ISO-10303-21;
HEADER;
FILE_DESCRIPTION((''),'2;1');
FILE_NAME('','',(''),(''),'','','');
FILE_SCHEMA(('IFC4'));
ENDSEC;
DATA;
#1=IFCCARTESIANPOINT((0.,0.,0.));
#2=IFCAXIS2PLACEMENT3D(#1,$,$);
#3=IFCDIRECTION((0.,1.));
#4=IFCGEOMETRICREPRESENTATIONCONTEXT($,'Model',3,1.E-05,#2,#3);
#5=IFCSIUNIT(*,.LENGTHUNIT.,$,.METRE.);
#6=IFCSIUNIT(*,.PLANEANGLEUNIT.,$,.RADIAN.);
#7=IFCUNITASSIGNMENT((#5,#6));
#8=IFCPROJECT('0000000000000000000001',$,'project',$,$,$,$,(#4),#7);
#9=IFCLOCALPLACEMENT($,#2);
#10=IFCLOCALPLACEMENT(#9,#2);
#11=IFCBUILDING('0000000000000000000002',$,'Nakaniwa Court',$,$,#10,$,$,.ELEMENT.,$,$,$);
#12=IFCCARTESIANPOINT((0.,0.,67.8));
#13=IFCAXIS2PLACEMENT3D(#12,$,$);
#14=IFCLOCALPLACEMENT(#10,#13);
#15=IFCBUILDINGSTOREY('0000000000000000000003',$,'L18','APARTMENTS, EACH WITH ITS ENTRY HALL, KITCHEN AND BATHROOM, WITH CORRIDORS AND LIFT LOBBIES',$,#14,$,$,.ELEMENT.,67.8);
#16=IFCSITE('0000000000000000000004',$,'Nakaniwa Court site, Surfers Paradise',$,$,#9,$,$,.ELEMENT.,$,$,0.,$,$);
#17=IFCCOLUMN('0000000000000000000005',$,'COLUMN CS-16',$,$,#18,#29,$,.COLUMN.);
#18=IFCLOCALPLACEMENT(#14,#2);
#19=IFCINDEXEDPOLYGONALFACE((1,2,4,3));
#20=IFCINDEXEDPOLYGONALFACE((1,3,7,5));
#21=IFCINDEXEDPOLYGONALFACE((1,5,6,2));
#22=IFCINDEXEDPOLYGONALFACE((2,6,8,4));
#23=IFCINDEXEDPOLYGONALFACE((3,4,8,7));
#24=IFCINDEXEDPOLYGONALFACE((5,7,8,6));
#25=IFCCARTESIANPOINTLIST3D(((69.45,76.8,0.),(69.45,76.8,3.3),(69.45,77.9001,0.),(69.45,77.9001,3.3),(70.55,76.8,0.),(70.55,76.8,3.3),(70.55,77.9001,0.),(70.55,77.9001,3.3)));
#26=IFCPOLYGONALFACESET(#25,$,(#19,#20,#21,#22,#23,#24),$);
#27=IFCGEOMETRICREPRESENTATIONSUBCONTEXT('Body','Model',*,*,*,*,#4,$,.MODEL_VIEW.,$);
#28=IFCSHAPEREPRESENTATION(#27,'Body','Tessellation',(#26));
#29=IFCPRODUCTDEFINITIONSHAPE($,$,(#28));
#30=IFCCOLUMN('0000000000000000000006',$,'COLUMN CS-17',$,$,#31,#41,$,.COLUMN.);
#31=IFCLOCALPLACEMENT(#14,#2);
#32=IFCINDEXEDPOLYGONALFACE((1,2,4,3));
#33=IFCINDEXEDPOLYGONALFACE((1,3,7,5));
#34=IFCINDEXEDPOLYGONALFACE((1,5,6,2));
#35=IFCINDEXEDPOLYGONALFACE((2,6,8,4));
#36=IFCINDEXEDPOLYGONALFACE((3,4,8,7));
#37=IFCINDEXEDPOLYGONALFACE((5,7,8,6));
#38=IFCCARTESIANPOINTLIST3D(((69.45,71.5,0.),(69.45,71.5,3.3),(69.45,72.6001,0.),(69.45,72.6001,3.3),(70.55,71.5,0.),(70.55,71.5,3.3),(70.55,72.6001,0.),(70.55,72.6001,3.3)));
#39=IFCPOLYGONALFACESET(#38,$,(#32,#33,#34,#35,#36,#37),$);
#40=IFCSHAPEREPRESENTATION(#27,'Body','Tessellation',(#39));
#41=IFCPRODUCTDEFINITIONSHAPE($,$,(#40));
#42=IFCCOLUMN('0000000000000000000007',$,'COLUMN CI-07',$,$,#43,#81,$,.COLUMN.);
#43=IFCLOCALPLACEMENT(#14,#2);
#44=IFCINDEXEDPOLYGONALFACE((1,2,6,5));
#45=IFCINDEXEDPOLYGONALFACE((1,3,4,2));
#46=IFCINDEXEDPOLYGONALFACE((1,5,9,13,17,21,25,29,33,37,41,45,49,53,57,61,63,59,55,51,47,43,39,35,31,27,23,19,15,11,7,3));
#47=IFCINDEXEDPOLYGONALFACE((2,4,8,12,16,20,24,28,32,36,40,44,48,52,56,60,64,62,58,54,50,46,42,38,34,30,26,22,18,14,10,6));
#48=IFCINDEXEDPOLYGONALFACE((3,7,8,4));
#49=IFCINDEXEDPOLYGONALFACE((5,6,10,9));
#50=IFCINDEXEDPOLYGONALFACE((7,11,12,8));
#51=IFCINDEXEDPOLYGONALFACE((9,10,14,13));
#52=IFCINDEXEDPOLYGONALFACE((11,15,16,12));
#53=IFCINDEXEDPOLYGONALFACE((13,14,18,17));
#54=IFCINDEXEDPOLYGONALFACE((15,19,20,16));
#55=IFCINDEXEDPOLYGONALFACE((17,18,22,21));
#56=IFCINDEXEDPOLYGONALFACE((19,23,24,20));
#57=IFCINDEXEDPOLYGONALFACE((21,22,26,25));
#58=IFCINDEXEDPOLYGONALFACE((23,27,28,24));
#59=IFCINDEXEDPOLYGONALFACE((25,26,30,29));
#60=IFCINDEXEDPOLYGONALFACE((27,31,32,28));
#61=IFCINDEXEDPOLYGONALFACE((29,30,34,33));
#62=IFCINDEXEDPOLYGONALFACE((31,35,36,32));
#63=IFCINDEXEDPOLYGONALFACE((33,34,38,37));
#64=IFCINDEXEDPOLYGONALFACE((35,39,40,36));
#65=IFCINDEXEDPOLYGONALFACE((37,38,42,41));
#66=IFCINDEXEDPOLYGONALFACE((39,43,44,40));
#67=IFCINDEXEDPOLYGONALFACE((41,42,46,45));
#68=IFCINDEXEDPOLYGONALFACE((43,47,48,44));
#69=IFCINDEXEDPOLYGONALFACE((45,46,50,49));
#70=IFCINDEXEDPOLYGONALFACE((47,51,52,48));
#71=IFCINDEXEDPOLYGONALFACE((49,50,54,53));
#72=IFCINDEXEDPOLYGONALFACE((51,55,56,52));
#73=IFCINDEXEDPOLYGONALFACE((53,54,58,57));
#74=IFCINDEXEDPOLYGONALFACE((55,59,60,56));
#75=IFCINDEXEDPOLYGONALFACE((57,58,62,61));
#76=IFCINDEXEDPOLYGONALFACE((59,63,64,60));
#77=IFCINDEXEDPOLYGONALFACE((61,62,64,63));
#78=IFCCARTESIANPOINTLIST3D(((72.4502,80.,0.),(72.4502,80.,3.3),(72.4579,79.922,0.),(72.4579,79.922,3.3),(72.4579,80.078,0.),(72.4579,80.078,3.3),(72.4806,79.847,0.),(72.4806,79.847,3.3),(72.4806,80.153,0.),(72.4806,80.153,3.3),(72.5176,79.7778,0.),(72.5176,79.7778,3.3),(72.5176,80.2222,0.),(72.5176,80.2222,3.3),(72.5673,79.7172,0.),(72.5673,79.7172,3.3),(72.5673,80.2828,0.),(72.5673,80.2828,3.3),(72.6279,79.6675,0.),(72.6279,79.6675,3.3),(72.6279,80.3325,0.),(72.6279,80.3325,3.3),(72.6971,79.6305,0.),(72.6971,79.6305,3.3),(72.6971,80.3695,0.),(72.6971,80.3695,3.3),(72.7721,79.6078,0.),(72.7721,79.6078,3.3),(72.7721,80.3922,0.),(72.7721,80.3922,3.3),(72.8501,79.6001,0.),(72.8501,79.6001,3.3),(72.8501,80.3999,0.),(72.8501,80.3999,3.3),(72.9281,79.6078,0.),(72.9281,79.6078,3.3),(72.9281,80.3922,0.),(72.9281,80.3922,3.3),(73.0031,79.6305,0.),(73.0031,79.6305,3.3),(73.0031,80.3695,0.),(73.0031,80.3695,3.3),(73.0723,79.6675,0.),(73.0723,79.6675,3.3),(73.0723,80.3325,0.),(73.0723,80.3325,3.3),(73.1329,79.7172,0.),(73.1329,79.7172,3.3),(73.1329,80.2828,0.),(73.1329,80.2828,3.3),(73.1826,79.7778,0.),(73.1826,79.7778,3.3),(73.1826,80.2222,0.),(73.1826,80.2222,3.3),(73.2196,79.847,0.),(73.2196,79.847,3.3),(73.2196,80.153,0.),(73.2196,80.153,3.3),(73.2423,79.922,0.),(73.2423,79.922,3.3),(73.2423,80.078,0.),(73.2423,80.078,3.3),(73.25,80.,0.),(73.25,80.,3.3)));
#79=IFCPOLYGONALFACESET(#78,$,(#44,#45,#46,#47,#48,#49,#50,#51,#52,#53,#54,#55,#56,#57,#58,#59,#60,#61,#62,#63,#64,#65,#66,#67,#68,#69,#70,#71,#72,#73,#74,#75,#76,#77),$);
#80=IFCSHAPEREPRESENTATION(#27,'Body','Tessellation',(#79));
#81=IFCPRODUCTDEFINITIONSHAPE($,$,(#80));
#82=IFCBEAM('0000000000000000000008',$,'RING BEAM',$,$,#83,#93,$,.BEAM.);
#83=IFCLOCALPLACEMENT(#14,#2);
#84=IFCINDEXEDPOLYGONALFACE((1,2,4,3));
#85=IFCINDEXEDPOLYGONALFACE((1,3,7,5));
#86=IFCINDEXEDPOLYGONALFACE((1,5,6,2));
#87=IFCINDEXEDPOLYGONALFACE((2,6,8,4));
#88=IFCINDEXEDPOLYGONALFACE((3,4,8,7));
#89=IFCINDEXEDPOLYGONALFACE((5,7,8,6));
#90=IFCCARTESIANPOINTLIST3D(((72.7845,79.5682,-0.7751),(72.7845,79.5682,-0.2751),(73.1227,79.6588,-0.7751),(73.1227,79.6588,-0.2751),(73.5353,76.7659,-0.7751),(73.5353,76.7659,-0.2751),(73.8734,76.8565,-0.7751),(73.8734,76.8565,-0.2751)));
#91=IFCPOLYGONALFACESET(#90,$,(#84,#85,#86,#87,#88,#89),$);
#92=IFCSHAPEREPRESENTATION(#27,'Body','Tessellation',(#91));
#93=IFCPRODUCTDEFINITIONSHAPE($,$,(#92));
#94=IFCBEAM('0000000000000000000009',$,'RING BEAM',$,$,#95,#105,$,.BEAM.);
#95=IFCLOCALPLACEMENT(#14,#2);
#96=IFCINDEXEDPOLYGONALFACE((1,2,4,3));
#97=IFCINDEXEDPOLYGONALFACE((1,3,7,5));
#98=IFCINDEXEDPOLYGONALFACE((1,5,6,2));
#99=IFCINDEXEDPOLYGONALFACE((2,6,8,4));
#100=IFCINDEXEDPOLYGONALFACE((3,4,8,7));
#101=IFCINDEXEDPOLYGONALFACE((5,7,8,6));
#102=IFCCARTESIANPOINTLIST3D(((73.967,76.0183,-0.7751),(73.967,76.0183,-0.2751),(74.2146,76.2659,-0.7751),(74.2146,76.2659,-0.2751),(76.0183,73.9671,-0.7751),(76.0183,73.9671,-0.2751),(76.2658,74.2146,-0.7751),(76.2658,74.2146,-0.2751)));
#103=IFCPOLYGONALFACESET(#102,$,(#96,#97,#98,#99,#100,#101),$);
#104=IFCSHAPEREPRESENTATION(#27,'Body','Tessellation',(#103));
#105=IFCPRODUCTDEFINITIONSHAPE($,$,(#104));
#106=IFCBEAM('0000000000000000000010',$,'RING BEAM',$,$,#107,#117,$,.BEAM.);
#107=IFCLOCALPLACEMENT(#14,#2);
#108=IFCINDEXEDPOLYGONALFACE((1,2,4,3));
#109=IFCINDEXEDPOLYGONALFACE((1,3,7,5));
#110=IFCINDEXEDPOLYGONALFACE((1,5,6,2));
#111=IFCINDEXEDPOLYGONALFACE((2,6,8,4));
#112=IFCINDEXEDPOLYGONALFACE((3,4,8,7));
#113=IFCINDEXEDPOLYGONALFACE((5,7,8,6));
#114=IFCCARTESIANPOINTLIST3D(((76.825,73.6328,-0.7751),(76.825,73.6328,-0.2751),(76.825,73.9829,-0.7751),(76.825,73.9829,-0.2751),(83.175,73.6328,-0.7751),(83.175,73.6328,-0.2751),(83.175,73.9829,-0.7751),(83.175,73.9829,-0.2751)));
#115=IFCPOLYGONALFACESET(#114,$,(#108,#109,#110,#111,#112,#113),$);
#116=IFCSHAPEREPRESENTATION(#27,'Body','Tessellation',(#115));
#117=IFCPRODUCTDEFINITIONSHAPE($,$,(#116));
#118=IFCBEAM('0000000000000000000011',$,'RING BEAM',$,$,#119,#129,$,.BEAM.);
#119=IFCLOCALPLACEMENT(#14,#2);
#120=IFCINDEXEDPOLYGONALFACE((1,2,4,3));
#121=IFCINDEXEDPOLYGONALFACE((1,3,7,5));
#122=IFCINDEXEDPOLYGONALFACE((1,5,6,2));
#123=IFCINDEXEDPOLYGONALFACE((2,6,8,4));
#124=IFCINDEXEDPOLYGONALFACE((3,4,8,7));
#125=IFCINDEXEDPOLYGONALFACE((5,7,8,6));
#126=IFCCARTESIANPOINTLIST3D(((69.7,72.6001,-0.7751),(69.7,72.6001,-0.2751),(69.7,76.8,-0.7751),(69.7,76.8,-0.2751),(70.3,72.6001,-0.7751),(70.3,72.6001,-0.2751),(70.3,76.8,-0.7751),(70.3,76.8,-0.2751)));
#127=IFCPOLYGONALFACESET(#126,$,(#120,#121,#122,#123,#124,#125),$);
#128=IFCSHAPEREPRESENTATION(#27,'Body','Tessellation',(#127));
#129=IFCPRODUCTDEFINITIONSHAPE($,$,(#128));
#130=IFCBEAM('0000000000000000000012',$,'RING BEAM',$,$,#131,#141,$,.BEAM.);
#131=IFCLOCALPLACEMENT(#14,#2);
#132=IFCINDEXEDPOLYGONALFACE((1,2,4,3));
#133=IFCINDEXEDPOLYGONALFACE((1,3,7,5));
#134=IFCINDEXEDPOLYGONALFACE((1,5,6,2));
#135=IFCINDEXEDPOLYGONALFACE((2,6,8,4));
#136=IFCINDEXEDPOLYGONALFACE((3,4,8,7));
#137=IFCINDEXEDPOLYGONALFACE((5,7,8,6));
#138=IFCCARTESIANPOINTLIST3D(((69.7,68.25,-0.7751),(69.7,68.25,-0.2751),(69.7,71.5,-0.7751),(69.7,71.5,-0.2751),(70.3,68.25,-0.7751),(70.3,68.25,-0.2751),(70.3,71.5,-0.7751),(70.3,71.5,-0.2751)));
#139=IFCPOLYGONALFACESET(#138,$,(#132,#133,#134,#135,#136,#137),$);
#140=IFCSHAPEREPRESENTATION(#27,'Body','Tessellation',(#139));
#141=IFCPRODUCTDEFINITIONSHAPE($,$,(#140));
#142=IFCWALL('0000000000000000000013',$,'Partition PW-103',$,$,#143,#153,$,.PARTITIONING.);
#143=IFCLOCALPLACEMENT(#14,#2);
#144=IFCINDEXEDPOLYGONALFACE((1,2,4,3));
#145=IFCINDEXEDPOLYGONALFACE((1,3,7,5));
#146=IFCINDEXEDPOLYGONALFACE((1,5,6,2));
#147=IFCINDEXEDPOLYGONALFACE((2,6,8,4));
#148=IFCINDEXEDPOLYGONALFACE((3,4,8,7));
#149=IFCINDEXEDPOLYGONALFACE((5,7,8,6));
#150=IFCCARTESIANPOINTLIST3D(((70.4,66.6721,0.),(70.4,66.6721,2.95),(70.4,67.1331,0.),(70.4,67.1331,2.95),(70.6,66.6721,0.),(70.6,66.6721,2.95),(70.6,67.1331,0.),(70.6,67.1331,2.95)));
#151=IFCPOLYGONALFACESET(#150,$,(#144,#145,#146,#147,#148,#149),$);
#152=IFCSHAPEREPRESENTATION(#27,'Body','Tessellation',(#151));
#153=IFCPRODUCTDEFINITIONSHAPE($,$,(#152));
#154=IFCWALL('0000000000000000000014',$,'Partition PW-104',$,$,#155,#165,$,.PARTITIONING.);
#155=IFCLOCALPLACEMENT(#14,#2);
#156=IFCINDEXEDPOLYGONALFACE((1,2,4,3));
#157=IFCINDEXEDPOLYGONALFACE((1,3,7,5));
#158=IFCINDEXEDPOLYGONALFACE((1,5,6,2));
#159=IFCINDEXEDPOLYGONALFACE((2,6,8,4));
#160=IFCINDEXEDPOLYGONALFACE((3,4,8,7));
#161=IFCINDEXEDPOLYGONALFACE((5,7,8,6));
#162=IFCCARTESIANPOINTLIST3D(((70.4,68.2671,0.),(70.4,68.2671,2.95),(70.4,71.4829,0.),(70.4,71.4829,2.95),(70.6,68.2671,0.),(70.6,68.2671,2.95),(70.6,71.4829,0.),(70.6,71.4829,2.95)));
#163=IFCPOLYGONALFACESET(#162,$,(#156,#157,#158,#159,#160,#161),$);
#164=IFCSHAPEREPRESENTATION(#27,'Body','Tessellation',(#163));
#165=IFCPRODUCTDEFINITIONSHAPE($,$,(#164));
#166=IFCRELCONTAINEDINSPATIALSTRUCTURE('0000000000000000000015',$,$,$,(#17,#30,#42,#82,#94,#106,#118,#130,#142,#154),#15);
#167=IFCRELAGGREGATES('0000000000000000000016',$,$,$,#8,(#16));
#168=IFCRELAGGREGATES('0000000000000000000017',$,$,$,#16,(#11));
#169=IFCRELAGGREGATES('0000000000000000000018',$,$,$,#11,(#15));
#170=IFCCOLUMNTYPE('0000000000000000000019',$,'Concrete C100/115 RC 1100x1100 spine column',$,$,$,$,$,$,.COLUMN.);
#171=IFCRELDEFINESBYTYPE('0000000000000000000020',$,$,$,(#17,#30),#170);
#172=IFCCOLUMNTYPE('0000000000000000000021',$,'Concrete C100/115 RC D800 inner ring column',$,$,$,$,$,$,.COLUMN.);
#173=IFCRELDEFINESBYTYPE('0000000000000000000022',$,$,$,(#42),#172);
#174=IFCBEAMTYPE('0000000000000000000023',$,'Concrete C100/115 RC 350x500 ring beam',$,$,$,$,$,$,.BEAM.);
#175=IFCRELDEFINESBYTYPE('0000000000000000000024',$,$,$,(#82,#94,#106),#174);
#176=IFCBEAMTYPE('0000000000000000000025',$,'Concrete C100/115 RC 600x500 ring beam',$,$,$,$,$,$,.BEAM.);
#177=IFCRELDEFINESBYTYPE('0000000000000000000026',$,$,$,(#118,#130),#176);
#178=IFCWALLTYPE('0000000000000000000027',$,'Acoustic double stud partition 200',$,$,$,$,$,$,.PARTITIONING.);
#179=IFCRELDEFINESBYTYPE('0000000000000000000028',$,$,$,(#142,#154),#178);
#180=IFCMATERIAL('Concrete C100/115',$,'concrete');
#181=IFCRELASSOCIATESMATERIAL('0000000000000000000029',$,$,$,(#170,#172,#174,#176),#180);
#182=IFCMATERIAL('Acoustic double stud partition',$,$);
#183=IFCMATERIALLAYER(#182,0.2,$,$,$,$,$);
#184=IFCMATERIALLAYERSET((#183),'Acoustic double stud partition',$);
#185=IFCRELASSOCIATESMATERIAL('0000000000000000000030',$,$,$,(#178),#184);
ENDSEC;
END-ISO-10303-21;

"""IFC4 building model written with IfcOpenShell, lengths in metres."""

from ifc_helpers import new_model, si_unit, direction, frame, frame_2d, origin, origin_2d, place, context, subcontext, project, spatial, rectangle, circle, extrude, material, layer, layer_set, material_profile, profile_set, type_object, element, save


model = new_model("IFC4")

# Units and contexts
model_context = context("Model", 3, precision=1e-05, world=origin(), true_north=direction((0.0, 1.0)))
body_context = subcontext(model_context, "Body", "Model", "MODEL_VIEW")
ifc_project = project(units=[si_unit("LENGTHUNIT", "METRE"), si_unit("PLANEANGLEUNIT", "RADIAN")], contexts=[model_context])

# Site, building, storey
site_placement = place(None, origin())
site = spatial("IfcSite", under=ifc_project, at=site_placement, Name="Nakaniwa Court site, Surfers Paradise", CompositionType="ELEMENT", RefElevation=0.0)
building_placement = place(site_placement, origin())
building = spatial("IfcBuilding", under=site, at=building_placement, Name="Nakaniwa Court", CompositionType="ELEMENT")
storey_placement = place(building_placement, frame((0.0, 0.0, 67.8)))
storey = spatial("IfcBuildingStorey", under=building, at=storey_placement, Name="L18", Description="APARTMENTS, EACH WITH ITS ENTRY HALL, KITCHEN AND BATHROOM, WITH CORRIDORS AND LIFT LOBBIES", CompositionType="ELEMENT", Elevation=67.8)

# Columns
ifc_material_1 = material(Name="Concrete C100/115", Category="concrete")
ifc_material_profile_1 = material_profile(ifc_material_1, rectangle(XDim=1.1001, YDim=1.1001, at=origin_2d()), Name="Concrete C100/115 RC 1100x1100 spine column")
ifc_profile_set_1 = profile_set([ifc_material_profile_1], Name="Concrete C100/115")
column_type_1 = type_object("IfcColumnType", Name="Concrete C100/115 RC 1100x1100 spine column", PredefinedType="COLUMN", material=ifc_profile_set_1)
for number, where, z_axis, x_axis, name in (
    (1, (70.0, 77.3501, 0.0), (0.0, 0.0, 1.0), (0.0, -1.0, 0.0), "COLUMN CS-16"),
    (2, (70.0, 72.05, 0.0), (0.0, 0.0, 1.0), (0.0, -1.0, 0.0), "COLUMN CS-17"),
):
    element("IfcColumn", number, at=place(storey_placement, frame(where, z_axis=z_axis, x_axis=x_axis)), inside=storey, type_object=column_type_1, Name=name, PredefinedType="COLUMN", context=body_context, shape_type="SweptSolid", body=[
        extrude(rectangle(XDim=1.1001, YDim=1.1001, at=origin_2d()), origin(), (0.0, 0.0, 1.0), 3.3),
    ])
ifc_material_profile_2 = material_profile(ifc_material_1, circle(Radius=0.3999, at=origin_2d()), Name="Concrete C100/115 RC D800 inner ring column")
ifc_profile_set_2 = profile_set([ifc_material_profile_2], Name="Concrete C100/115")
column_type_2 = type_object("IfcColumnType", Name="Concrete C100/115 RC D800 inner ring column", PredefinedType="COLUMN", material=ifc_profile_set_2)
for number, where, z_axis, x_axis, name in (
    (3, (72.8501, 80.0, 0.0), (0.0, 0.0, 1.0), (0.0, -1.0, 0.0), "COLUMN CI-07"),
):
    element("IfcColumn", number, at=place(storey_placement, frame(where, z_axis=z_axis, x_axis=x_axis)), inside=storey, type_object=column_type_2, Name=name, PredefinedType="COLUMN", context=body_context, shape_type="SweptSolid", body=[
        extrude(circle(Radius=0.3999, at=origin_2d()), origin(), (0.0, 0.0, 1.0), 3.3),
    ])

# Beams
ifc_material_profile_3 = material_profile(ifc_material_1, rectangle(XDim=0.3501, YDim=0.5, at=origin_2d()), Name="Concrete C100/115 RC 350x500 ring beam")
ifc_profile_set_3 = profile_set([ifc_material_profile_3], Name="Concrete C100/115")
beam_type_1 = type_object("IfcBeamType", Name="Concrete C100/115 RC 350x500 ring beam", PredefinedType="BEAM", material=ifc_profile_set_3)
beam_1_placement = place(storey_placement, frame((72.9536, 79.6135, -0.5251), z_axis=(0.258778, -0.965937, 0.0), x_axis=(0.965937, 0.258778, 0.0)))
element("IfcBeam", 4, at=beam_1_placement, inside=storey, type_object=beam_type_1, Name="RING BEAM", PredefinedType="BEAM", context=body_context, shape_type="SweptSolid", body=[
    extrude(rectangle(XDim=0.3501, YDim=0.5, at=origin_2d()), origin(), (0.0, 0.0, 1.0), 2.9011),
])
beam_2_placement = place(storey_placement, frame((74.0908, 76.1421, -0.5251), z_axis=(0.707107, -0.707107, 0.0), x_axis=(0.707107, 0.707107, 0.0)))
element("IfcBeam", 5, at=beam_2_placement, inside=storey, type_object=beam_type_1, Name="RING BEAM", PredefinedType="BEAM", context=body_context, shape_type="SweptSolid", body=[
    extrude(rectangle(XDim=0.3501, YDim=0.5, at=origin_2d()), origin(), (0.0, 0.0, 1.0), 2.9009),
])
beam_3_placement = place(storey_placement, frame((76.825, 73.8079, -0.5251), z_axis=(1.0, 0.0, 0.0), x_axis=(0.0, 1.0, 0.0)))
element("IfcBeam", 6, at=beam_3_placement, inside=storey, type_object=beam_type_1, Name="RING BEAM", PredefinedType="BEAM", context=body_context, shape_type="SweptSolid", body=[
    extrude(rectangle(XDim=0.3501, YDim=0.5, at=origin_2d()), origin(), (0.0, 0.0, 1.0), 6.3501),
])
ifc_material_profile_4 = material_profile(ifc_material_1, rectangle(XDim=0.6001, YDim=0.5, at=origin_2d()), Name="Concrete C100/115 RC 600x500 ring beam")
ifc_profile_set_4 = profile_set([ifc_material_profile_4], Name="Concrete C100/115")
beam_type_2 = type_object("IfcBeamType", Name="Concrete C100/115 RC 600x500 ring beam", PredefinedType="BEAM", material=ifc_profile_set_4)
beam_4_placement = place(storey_placement, frame((70.0, 76.8, -0.5251), z_axis=(0.0, -1.0, 0.0), x_axis=(1.0, 0.0, 0.0)))
element("IfcBeam", 7, at=beam_4_placement, inside=storey, type_object=beam_type_2, Name="RING BEAM", PredefinedType="BEAM", context=body_context, shape_type="SweptSolid", body=[
    extrude(rectangle(XDim=0.6001, YDim=0.5, at=origin_2d()), origin(), (0.0, 0.0, 1.0), 4.2),
])
beam_5_placement = place(storey_placement, frame((70.0, 71.5, -0.5251), z_axis=(0.0, -1.0, 0.0), x_axis=(1.0, 0.0, 0.0)))
element("IfcBeam", 8, at=beam_5_placement, inside=storey, type_object=beam_type_2, Name="RING BEAM", PredefinedType="BEAM", context=body_context, shape_type="SweptSolid", body=[
    extrude(rectangle(XDim=0.6001, YDim=0.5, at=origin_2d()), origin(), (0.0, 0.0, 1.0), 3.25),
])

# Walls
ifc_material_2 = material(Name="Acoustic double stud partition")
ifc_layer_1 = layer(ifc_material_2, 0.2)
ifc_layer_set_1 = layer_set([ifc_layer_1], Name="Acoustic double stud partition")
wall_type_1 = type_object("IfcWallType", Name="Acoustic double stud partition 200", PredefinedType="PARTITIONING", material=ifc_layer_set_1)
wall_1_placement = place(storey_placement, frame((70.5, 66.6721, 0.0), z_axis=(0.0, 0.0, 1.0), x_axis=(0.0, 1.0, 0.0)))
element("IfcWall", 9, at=wall_1_placement, inside=storey, type_object=wall_type_1, Name="Partition PW-103", PredefinedType="PARTITIONING", context=body_context, shape_type="SweptSolid", body=[
    extrude(rectangle(XDim=0.4609, YDim=0.2, at=frame_2d((0.2305, 0.0))), origin(), (0.0, 0.0, 1.0), 2.95),
])
wall_2_placement = place(storey_placement, frame((70.5, 68.2671, 0.0), z_axis=(0.0, 0.0, 1.0), x_axis=(0.0, 1.0, 0.0)))
element("IfcWall", 10, at=wall_2_placement, inside=storey, type_object=wall_type_1, Name="Partition PW-104", PredefinedType="PARTITIONING", context=body_context, shape_type="SweptSolid", body=[
    extrude(rectangle(XDim=3.2158, YDim=0.2, at=frame_2d((1.6079, 0.0))), origin(), (0.0, 0.0, 1.0), 2.95),
])

save(model, "model.ifc")
